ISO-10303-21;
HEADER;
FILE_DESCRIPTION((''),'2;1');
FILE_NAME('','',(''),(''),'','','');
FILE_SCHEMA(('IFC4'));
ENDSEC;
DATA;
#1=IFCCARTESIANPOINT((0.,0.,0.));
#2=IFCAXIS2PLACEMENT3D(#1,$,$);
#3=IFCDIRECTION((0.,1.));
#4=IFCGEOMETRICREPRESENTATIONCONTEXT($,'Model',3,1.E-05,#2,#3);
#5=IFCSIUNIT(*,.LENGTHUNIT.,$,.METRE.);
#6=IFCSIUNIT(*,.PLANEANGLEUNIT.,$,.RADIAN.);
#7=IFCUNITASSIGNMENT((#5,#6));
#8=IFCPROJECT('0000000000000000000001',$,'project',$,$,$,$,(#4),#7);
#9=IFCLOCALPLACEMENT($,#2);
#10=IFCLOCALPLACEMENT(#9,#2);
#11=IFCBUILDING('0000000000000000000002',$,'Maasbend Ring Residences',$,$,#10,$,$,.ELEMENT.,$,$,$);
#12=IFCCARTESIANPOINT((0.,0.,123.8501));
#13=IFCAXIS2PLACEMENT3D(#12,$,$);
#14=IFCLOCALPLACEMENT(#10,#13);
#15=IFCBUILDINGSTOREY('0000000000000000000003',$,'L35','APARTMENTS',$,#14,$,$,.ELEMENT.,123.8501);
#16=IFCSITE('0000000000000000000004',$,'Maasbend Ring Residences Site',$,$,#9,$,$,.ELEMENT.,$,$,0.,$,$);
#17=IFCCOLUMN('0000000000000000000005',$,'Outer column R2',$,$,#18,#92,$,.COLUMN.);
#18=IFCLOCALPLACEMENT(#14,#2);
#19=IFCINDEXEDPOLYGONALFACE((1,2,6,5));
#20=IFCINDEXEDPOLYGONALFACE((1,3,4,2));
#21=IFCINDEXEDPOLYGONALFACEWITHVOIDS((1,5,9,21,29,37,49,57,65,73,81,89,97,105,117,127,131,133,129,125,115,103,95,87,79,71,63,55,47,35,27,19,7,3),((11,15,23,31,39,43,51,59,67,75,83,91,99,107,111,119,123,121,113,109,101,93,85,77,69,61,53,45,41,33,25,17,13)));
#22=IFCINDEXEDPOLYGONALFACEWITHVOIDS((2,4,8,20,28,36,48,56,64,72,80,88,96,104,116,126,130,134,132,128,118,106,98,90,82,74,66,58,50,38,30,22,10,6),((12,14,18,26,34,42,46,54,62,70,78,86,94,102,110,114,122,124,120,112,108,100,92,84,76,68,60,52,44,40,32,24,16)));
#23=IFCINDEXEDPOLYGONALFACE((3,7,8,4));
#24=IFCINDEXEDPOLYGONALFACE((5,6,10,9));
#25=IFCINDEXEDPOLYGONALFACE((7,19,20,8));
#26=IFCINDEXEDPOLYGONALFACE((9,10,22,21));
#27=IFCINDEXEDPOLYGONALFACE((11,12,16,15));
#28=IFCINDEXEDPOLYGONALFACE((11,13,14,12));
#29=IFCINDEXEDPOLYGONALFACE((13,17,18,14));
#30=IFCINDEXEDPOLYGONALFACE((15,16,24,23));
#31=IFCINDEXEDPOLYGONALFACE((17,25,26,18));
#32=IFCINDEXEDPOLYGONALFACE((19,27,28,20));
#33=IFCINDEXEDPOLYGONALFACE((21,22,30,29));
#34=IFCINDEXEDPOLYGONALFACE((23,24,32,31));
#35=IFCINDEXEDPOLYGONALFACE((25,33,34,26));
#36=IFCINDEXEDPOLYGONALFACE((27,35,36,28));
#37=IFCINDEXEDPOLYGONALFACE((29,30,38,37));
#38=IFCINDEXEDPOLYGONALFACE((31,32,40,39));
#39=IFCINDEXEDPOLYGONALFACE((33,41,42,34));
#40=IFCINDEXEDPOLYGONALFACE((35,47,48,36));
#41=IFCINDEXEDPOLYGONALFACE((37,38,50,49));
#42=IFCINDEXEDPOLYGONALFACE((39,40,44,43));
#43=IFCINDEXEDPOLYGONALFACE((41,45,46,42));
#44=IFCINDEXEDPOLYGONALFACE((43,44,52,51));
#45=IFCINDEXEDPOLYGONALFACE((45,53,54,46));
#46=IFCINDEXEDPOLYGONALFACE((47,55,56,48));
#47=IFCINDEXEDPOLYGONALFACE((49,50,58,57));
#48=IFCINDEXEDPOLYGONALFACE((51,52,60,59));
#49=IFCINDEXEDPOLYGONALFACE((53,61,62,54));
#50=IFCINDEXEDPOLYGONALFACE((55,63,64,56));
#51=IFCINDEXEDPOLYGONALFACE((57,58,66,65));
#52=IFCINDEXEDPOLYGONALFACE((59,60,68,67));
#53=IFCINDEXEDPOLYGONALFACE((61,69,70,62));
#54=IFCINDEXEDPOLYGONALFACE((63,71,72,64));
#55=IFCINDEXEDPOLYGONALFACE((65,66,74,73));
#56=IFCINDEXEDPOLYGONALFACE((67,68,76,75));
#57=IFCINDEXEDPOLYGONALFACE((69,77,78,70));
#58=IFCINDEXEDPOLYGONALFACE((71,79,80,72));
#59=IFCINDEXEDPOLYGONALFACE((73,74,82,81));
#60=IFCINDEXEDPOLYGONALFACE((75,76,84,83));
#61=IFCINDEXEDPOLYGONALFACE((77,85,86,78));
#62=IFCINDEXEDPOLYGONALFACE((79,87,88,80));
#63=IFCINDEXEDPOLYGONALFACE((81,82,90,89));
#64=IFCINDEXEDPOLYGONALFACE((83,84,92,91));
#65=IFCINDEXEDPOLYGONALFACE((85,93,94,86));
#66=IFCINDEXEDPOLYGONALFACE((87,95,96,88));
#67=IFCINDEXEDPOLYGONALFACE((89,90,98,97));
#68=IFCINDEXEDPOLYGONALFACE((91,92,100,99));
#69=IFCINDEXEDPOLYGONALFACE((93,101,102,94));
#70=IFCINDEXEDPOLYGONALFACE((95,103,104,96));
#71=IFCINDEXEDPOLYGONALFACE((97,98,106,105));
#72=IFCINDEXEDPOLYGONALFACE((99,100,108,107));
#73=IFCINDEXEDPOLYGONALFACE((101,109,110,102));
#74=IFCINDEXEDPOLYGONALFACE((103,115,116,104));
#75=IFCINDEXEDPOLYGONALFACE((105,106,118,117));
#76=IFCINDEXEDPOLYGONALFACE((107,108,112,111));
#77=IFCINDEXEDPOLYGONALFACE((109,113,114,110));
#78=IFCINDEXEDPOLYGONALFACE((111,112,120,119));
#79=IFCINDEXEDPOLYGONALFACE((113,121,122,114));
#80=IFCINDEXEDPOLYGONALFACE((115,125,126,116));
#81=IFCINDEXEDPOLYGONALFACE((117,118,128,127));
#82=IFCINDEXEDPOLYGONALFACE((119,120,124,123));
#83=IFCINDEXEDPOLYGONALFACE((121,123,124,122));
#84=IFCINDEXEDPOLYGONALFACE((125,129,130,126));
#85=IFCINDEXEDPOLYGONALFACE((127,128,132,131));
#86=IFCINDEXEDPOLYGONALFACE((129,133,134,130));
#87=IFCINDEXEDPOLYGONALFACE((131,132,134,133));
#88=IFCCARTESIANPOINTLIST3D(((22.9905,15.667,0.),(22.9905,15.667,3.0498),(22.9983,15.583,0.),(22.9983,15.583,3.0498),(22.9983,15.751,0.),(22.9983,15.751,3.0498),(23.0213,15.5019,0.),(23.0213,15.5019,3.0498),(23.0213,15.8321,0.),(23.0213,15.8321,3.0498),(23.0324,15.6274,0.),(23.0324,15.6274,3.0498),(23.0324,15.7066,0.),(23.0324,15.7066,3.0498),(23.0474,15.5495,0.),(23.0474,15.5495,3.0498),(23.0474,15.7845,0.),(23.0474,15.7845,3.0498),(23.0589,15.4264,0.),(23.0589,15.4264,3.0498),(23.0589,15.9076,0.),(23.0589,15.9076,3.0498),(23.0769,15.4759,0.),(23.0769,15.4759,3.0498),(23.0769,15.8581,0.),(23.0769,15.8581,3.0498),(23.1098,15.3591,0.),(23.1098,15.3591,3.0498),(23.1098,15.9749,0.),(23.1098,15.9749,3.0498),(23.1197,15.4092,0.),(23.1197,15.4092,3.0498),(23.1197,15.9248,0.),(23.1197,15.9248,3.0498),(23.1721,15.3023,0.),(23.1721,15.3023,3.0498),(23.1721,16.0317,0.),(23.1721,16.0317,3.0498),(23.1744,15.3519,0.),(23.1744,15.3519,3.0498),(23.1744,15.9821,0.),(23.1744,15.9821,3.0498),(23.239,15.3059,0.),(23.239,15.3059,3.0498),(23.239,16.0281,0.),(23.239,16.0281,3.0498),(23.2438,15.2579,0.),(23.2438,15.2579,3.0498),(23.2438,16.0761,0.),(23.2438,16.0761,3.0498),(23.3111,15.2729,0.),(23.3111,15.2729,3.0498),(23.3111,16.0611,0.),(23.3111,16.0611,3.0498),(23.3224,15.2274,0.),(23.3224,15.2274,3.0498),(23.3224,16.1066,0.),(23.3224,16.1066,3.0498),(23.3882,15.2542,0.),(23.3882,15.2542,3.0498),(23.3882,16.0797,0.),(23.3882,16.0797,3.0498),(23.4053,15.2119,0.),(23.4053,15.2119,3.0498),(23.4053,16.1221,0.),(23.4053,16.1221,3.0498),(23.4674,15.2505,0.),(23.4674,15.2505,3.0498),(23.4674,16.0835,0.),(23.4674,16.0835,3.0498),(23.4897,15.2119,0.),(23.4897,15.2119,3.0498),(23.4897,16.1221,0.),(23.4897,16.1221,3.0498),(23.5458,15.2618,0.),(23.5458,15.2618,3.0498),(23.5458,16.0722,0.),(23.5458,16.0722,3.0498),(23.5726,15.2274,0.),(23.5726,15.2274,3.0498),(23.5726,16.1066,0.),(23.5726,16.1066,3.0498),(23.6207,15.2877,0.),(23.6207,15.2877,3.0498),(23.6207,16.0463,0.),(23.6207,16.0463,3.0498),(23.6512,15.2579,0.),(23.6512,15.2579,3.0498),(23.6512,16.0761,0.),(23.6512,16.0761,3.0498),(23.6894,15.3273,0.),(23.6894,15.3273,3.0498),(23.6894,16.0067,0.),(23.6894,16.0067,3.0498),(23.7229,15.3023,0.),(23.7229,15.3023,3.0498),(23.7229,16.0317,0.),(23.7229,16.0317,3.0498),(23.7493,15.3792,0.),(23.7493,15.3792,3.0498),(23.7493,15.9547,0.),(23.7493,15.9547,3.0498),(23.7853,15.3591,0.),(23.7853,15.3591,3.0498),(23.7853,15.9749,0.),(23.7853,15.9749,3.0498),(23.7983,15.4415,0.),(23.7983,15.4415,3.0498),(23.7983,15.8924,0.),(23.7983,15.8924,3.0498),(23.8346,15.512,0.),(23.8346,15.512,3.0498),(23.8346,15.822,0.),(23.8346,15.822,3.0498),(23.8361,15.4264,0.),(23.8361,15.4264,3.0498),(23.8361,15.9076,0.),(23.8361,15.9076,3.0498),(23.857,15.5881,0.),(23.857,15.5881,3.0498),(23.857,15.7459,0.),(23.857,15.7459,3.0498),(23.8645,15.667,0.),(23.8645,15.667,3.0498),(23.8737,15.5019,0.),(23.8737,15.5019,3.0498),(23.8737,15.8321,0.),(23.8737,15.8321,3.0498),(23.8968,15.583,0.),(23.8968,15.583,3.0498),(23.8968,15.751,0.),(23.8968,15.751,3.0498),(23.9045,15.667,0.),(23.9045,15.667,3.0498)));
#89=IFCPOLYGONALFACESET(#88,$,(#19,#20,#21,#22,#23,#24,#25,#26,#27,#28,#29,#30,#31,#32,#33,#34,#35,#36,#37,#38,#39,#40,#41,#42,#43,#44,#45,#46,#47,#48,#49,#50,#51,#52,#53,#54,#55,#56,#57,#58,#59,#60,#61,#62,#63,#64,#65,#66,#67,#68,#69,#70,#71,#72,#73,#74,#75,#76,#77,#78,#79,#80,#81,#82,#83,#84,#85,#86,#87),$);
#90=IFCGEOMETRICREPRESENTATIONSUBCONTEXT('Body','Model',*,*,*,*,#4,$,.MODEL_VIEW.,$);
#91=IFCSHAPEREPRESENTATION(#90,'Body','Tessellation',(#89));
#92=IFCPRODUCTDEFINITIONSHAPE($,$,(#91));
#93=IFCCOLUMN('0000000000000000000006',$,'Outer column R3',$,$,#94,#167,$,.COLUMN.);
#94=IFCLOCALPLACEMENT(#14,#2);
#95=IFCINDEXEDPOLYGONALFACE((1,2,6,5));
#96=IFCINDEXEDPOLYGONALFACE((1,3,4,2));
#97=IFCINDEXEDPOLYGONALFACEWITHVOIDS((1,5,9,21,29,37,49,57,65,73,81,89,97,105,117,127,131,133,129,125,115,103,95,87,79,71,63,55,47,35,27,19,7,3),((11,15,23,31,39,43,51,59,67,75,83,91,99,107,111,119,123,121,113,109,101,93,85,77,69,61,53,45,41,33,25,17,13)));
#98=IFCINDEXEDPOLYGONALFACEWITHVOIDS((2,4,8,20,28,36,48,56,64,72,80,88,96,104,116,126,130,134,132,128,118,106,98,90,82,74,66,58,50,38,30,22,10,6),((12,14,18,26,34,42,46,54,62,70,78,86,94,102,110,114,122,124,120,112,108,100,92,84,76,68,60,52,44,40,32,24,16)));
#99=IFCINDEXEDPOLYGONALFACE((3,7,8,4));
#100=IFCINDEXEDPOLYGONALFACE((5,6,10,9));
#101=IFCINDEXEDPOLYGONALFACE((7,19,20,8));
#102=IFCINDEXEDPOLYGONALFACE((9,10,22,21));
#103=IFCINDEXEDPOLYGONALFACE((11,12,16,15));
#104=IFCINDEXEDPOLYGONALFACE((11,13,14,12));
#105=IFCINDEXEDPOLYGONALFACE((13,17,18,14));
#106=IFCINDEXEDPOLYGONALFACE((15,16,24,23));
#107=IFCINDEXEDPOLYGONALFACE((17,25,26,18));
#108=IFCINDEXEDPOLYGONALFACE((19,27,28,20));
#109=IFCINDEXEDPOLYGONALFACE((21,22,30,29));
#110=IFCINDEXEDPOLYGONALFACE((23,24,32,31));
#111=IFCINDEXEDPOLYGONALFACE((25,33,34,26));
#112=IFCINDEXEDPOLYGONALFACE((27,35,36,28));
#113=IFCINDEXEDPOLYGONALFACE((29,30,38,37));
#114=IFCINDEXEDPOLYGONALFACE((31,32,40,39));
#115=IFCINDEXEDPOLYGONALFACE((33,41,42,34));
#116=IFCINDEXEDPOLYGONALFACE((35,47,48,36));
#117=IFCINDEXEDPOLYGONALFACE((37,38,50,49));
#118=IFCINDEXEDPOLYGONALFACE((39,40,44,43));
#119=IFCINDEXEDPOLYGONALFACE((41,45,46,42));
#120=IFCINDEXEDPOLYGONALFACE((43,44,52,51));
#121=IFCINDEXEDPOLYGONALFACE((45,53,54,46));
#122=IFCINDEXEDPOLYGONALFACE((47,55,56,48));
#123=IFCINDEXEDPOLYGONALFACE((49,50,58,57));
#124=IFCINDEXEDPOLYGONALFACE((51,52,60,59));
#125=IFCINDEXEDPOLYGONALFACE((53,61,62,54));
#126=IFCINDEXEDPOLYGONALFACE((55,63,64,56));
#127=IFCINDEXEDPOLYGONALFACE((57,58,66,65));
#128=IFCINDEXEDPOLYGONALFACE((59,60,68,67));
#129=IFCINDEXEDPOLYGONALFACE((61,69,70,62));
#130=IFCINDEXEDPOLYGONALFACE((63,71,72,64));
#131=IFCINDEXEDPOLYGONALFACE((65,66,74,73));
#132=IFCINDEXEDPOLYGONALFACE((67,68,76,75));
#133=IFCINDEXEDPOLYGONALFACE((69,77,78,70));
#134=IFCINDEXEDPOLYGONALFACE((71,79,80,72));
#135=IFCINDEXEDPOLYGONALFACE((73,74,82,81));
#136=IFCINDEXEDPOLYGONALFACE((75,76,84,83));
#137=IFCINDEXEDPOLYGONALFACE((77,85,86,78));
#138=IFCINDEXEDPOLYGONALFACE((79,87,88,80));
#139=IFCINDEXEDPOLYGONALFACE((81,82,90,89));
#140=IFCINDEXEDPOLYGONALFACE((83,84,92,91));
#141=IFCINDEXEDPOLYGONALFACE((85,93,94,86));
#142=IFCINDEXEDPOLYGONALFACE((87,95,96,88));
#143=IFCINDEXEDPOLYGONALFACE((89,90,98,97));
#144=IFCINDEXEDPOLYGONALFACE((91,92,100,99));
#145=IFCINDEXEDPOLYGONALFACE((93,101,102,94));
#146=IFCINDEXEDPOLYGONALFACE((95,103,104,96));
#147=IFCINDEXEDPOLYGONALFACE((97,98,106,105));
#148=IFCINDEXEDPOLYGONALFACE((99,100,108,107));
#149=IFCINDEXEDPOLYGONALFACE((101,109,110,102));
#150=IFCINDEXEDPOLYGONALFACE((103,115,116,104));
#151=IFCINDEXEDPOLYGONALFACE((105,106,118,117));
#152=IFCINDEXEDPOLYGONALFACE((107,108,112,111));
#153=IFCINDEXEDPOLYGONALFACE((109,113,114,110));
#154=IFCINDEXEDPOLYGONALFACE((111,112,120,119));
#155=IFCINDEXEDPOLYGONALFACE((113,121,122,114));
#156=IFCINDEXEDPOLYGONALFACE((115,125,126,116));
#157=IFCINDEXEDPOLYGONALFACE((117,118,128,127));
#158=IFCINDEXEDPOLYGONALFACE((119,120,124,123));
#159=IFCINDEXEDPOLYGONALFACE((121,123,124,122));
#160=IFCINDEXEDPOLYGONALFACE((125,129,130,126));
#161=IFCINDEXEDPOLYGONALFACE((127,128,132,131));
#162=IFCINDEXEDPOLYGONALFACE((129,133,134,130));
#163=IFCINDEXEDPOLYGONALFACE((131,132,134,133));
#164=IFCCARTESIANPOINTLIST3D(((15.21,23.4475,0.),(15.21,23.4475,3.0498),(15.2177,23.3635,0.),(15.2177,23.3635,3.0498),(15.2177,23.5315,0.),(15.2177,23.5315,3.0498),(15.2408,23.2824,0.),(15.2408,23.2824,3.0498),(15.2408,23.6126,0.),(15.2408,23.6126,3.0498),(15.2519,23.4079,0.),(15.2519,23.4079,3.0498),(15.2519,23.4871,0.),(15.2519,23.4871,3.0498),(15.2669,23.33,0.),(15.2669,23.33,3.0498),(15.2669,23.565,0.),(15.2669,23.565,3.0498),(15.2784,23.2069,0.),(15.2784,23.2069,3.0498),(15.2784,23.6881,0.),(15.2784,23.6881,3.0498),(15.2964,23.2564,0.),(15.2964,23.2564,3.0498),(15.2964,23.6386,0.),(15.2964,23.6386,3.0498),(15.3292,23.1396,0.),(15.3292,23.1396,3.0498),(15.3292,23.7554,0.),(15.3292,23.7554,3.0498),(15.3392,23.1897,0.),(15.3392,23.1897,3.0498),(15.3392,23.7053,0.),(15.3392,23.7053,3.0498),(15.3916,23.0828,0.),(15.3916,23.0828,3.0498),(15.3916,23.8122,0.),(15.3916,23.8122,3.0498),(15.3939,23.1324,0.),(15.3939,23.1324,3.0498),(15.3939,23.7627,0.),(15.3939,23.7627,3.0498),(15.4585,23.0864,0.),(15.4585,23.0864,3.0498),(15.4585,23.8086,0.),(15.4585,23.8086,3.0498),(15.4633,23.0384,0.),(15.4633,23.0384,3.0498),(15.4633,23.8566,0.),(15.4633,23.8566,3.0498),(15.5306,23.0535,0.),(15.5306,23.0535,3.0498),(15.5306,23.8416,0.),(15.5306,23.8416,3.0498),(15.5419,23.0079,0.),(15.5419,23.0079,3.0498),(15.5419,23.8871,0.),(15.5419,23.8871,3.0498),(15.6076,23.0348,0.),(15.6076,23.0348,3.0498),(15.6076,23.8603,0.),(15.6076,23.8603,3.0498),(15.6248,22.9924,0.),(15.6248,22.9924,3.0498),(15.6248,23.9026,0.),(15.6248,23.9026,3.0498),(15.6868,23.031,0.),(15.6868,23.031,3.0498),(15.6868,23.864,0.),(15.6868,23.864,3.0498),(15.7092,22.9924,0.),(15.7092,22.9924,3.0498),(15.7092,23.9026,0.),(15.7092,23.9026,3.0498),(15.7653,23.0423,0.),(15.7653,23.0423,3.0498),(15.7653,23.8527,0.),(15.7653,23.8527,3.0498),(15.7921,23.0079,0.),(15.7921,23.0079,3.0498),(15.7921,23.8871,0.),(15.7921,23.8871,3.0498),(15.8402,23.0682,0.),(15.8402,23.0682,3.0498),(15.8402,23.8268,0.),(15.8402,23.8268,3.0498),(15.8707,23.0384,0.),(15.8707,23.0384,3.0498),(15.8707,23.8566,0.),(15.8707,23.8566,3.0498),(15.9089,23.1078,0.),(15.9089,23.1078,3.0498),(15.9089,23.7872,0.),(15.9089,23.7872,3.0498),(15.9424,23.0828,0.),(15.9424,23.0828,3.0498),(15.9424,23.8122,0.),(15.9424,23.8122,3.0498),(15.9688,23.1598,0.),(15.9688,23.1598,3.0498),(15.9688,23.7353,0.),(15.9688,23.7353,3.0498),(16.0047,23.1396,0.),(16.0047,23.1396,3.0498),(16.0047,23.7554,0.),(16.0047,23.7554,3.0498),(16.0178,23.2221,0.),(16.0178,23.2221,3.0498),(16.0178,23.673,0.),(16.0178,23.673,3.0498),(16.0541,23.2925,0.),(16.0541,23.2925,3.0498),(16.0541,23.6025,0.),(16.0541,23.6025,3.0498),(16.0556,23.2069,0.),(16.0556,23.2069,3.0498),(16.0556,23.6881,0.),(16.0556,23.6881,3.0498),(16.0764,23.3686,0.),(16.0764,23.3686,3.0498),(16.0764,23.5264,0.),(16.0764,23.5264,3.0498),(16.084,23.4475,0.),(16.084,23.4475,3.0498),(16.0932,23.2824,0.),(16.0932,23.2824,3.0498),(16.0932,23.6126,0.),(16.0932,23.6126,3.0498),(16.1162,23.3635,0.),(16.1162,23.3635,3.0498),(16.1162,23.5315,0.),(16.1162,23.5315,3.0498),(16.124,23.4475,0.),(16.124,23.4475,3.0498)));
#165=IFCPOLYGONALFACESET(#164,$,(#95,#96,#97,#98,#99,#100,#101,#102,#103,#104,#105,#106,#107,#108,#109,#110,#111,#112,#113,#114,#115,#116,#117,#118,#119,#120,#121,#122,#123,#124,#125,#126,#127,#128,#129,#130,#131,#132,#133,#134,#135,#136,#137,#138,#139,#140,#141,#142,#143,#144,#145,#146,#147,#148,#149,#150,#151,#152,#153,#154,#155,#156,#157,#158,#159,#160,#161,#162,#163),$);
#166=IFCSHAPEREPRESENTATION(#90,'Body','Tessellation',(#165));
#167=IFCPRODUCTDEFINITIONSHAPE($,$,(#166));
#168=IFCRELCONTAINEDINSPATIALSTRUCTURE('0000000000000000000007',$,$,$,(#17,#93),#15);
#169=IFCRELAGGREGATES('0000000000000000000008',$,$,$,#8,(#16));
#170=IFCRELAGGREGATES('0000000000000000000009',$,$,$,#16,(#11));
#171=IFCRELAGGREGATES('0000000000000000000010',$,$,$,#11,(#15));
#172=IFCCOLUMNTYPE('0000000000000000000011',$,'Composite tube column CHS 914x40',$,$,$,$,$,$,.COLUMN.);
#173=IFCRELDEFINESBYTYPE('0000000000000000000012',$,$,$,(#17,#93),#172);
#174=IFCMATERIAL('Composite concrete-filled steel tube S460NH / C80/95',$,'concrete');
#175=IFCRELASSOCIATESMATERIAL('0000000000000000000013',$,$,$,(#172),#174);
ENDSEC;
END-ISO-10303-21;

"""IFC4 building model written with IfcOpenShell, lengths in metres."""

from ifc_helpers import new_model, si_unit, direction, frame, origin, origin_2d, place, context, subcontext, project, spatial, hollow_circle, extrude, material, material_profile, profile_set, type_object, element, save


model = new_model("IFC4")

# Units and contexts
model_context = context("Model", 3, precision=1e-05, world=origin(), true_north=direction((0.0, 1.0)))
body_context = subcontext(model_context, "Body", "Model", "MODEL_VIEW")
ifc_project = project(units=[si_unit("LENGTHUNIT", "METRE"), si_unit("PLANEANGLEUNIT", "RADIAN")], contexts=[model_context])

# Site, building, storey
site_placement = place(None, origin())
site = spatial("IfcSite", under=ifc_project, at=site_placement, Name="Maasbend Ring Residences Site", CompositionType="ELEMENT", RefElevation=0.0)
building_placement = place(site_placement, origin())
building = spatial("IfcBuilding", under=site, at=building_placement, Name="Maasbend Ring Residences", CompositionType="ELEMENT")
storey_placement = place(building_placement, frame((0.0, 0.0, 123.8501)))
storey = spatial("IfcBuildingStorey", under=building, at=storey_placement, Name="L35", Description="APARTMENTS", CompositionType="ELEMENT", Elevation=123.8501)

# Columns
ifc_material_1 = material(Name="Composite concrete-filled steel tube S460NH / C80/95", Category="concrete")
ifc_material_profile_1 = material_profile(ifc_material_1, hollow_circle(Radius=0.457, WallThickness=0.04, at=origin_2d()), Name="Composite tube column CHS 914x40")
ifc_profile_set_1 = profile_set([ifc_material_profile_1], Name="Composite concrete-filled steel tube S460NH / C80/95")
column_type = type_object("IfcColumnType", Name="Composite tube column CHS 914x40", PredefinedType="COLUMN", material=ifc_profile_set_1)
for number, where, z_axis, x_axis, name in (
    (1, (23.4475, 15.667, 0.0), (0.0, 0.0, 1.0), (1.0, 0.0, 0.0), "Outer column R2"),
    (2, (15.667, 23.4475, 0.0), (0.0, 0.0, 1.0), (1.0, 0.0, 0.0), "Outer column R3"),
):
    element("IfcColumn", number, at=place(storey_placement, frame(where, z_axis=z_axis, x_axis=x_axis)), inside=storey, type_object=column_type, Name=name, PredefinedType="COLUMN", context=body_context, shape_type="SweptSolid", body=[
        extrude(hollow_circle(Radius=0.457, WallThickness=0.04, at=origin_2d()), origin(), (0.0, 0.0, 1.0), 3.0498),
    ])

save(model, "model.ifc")
